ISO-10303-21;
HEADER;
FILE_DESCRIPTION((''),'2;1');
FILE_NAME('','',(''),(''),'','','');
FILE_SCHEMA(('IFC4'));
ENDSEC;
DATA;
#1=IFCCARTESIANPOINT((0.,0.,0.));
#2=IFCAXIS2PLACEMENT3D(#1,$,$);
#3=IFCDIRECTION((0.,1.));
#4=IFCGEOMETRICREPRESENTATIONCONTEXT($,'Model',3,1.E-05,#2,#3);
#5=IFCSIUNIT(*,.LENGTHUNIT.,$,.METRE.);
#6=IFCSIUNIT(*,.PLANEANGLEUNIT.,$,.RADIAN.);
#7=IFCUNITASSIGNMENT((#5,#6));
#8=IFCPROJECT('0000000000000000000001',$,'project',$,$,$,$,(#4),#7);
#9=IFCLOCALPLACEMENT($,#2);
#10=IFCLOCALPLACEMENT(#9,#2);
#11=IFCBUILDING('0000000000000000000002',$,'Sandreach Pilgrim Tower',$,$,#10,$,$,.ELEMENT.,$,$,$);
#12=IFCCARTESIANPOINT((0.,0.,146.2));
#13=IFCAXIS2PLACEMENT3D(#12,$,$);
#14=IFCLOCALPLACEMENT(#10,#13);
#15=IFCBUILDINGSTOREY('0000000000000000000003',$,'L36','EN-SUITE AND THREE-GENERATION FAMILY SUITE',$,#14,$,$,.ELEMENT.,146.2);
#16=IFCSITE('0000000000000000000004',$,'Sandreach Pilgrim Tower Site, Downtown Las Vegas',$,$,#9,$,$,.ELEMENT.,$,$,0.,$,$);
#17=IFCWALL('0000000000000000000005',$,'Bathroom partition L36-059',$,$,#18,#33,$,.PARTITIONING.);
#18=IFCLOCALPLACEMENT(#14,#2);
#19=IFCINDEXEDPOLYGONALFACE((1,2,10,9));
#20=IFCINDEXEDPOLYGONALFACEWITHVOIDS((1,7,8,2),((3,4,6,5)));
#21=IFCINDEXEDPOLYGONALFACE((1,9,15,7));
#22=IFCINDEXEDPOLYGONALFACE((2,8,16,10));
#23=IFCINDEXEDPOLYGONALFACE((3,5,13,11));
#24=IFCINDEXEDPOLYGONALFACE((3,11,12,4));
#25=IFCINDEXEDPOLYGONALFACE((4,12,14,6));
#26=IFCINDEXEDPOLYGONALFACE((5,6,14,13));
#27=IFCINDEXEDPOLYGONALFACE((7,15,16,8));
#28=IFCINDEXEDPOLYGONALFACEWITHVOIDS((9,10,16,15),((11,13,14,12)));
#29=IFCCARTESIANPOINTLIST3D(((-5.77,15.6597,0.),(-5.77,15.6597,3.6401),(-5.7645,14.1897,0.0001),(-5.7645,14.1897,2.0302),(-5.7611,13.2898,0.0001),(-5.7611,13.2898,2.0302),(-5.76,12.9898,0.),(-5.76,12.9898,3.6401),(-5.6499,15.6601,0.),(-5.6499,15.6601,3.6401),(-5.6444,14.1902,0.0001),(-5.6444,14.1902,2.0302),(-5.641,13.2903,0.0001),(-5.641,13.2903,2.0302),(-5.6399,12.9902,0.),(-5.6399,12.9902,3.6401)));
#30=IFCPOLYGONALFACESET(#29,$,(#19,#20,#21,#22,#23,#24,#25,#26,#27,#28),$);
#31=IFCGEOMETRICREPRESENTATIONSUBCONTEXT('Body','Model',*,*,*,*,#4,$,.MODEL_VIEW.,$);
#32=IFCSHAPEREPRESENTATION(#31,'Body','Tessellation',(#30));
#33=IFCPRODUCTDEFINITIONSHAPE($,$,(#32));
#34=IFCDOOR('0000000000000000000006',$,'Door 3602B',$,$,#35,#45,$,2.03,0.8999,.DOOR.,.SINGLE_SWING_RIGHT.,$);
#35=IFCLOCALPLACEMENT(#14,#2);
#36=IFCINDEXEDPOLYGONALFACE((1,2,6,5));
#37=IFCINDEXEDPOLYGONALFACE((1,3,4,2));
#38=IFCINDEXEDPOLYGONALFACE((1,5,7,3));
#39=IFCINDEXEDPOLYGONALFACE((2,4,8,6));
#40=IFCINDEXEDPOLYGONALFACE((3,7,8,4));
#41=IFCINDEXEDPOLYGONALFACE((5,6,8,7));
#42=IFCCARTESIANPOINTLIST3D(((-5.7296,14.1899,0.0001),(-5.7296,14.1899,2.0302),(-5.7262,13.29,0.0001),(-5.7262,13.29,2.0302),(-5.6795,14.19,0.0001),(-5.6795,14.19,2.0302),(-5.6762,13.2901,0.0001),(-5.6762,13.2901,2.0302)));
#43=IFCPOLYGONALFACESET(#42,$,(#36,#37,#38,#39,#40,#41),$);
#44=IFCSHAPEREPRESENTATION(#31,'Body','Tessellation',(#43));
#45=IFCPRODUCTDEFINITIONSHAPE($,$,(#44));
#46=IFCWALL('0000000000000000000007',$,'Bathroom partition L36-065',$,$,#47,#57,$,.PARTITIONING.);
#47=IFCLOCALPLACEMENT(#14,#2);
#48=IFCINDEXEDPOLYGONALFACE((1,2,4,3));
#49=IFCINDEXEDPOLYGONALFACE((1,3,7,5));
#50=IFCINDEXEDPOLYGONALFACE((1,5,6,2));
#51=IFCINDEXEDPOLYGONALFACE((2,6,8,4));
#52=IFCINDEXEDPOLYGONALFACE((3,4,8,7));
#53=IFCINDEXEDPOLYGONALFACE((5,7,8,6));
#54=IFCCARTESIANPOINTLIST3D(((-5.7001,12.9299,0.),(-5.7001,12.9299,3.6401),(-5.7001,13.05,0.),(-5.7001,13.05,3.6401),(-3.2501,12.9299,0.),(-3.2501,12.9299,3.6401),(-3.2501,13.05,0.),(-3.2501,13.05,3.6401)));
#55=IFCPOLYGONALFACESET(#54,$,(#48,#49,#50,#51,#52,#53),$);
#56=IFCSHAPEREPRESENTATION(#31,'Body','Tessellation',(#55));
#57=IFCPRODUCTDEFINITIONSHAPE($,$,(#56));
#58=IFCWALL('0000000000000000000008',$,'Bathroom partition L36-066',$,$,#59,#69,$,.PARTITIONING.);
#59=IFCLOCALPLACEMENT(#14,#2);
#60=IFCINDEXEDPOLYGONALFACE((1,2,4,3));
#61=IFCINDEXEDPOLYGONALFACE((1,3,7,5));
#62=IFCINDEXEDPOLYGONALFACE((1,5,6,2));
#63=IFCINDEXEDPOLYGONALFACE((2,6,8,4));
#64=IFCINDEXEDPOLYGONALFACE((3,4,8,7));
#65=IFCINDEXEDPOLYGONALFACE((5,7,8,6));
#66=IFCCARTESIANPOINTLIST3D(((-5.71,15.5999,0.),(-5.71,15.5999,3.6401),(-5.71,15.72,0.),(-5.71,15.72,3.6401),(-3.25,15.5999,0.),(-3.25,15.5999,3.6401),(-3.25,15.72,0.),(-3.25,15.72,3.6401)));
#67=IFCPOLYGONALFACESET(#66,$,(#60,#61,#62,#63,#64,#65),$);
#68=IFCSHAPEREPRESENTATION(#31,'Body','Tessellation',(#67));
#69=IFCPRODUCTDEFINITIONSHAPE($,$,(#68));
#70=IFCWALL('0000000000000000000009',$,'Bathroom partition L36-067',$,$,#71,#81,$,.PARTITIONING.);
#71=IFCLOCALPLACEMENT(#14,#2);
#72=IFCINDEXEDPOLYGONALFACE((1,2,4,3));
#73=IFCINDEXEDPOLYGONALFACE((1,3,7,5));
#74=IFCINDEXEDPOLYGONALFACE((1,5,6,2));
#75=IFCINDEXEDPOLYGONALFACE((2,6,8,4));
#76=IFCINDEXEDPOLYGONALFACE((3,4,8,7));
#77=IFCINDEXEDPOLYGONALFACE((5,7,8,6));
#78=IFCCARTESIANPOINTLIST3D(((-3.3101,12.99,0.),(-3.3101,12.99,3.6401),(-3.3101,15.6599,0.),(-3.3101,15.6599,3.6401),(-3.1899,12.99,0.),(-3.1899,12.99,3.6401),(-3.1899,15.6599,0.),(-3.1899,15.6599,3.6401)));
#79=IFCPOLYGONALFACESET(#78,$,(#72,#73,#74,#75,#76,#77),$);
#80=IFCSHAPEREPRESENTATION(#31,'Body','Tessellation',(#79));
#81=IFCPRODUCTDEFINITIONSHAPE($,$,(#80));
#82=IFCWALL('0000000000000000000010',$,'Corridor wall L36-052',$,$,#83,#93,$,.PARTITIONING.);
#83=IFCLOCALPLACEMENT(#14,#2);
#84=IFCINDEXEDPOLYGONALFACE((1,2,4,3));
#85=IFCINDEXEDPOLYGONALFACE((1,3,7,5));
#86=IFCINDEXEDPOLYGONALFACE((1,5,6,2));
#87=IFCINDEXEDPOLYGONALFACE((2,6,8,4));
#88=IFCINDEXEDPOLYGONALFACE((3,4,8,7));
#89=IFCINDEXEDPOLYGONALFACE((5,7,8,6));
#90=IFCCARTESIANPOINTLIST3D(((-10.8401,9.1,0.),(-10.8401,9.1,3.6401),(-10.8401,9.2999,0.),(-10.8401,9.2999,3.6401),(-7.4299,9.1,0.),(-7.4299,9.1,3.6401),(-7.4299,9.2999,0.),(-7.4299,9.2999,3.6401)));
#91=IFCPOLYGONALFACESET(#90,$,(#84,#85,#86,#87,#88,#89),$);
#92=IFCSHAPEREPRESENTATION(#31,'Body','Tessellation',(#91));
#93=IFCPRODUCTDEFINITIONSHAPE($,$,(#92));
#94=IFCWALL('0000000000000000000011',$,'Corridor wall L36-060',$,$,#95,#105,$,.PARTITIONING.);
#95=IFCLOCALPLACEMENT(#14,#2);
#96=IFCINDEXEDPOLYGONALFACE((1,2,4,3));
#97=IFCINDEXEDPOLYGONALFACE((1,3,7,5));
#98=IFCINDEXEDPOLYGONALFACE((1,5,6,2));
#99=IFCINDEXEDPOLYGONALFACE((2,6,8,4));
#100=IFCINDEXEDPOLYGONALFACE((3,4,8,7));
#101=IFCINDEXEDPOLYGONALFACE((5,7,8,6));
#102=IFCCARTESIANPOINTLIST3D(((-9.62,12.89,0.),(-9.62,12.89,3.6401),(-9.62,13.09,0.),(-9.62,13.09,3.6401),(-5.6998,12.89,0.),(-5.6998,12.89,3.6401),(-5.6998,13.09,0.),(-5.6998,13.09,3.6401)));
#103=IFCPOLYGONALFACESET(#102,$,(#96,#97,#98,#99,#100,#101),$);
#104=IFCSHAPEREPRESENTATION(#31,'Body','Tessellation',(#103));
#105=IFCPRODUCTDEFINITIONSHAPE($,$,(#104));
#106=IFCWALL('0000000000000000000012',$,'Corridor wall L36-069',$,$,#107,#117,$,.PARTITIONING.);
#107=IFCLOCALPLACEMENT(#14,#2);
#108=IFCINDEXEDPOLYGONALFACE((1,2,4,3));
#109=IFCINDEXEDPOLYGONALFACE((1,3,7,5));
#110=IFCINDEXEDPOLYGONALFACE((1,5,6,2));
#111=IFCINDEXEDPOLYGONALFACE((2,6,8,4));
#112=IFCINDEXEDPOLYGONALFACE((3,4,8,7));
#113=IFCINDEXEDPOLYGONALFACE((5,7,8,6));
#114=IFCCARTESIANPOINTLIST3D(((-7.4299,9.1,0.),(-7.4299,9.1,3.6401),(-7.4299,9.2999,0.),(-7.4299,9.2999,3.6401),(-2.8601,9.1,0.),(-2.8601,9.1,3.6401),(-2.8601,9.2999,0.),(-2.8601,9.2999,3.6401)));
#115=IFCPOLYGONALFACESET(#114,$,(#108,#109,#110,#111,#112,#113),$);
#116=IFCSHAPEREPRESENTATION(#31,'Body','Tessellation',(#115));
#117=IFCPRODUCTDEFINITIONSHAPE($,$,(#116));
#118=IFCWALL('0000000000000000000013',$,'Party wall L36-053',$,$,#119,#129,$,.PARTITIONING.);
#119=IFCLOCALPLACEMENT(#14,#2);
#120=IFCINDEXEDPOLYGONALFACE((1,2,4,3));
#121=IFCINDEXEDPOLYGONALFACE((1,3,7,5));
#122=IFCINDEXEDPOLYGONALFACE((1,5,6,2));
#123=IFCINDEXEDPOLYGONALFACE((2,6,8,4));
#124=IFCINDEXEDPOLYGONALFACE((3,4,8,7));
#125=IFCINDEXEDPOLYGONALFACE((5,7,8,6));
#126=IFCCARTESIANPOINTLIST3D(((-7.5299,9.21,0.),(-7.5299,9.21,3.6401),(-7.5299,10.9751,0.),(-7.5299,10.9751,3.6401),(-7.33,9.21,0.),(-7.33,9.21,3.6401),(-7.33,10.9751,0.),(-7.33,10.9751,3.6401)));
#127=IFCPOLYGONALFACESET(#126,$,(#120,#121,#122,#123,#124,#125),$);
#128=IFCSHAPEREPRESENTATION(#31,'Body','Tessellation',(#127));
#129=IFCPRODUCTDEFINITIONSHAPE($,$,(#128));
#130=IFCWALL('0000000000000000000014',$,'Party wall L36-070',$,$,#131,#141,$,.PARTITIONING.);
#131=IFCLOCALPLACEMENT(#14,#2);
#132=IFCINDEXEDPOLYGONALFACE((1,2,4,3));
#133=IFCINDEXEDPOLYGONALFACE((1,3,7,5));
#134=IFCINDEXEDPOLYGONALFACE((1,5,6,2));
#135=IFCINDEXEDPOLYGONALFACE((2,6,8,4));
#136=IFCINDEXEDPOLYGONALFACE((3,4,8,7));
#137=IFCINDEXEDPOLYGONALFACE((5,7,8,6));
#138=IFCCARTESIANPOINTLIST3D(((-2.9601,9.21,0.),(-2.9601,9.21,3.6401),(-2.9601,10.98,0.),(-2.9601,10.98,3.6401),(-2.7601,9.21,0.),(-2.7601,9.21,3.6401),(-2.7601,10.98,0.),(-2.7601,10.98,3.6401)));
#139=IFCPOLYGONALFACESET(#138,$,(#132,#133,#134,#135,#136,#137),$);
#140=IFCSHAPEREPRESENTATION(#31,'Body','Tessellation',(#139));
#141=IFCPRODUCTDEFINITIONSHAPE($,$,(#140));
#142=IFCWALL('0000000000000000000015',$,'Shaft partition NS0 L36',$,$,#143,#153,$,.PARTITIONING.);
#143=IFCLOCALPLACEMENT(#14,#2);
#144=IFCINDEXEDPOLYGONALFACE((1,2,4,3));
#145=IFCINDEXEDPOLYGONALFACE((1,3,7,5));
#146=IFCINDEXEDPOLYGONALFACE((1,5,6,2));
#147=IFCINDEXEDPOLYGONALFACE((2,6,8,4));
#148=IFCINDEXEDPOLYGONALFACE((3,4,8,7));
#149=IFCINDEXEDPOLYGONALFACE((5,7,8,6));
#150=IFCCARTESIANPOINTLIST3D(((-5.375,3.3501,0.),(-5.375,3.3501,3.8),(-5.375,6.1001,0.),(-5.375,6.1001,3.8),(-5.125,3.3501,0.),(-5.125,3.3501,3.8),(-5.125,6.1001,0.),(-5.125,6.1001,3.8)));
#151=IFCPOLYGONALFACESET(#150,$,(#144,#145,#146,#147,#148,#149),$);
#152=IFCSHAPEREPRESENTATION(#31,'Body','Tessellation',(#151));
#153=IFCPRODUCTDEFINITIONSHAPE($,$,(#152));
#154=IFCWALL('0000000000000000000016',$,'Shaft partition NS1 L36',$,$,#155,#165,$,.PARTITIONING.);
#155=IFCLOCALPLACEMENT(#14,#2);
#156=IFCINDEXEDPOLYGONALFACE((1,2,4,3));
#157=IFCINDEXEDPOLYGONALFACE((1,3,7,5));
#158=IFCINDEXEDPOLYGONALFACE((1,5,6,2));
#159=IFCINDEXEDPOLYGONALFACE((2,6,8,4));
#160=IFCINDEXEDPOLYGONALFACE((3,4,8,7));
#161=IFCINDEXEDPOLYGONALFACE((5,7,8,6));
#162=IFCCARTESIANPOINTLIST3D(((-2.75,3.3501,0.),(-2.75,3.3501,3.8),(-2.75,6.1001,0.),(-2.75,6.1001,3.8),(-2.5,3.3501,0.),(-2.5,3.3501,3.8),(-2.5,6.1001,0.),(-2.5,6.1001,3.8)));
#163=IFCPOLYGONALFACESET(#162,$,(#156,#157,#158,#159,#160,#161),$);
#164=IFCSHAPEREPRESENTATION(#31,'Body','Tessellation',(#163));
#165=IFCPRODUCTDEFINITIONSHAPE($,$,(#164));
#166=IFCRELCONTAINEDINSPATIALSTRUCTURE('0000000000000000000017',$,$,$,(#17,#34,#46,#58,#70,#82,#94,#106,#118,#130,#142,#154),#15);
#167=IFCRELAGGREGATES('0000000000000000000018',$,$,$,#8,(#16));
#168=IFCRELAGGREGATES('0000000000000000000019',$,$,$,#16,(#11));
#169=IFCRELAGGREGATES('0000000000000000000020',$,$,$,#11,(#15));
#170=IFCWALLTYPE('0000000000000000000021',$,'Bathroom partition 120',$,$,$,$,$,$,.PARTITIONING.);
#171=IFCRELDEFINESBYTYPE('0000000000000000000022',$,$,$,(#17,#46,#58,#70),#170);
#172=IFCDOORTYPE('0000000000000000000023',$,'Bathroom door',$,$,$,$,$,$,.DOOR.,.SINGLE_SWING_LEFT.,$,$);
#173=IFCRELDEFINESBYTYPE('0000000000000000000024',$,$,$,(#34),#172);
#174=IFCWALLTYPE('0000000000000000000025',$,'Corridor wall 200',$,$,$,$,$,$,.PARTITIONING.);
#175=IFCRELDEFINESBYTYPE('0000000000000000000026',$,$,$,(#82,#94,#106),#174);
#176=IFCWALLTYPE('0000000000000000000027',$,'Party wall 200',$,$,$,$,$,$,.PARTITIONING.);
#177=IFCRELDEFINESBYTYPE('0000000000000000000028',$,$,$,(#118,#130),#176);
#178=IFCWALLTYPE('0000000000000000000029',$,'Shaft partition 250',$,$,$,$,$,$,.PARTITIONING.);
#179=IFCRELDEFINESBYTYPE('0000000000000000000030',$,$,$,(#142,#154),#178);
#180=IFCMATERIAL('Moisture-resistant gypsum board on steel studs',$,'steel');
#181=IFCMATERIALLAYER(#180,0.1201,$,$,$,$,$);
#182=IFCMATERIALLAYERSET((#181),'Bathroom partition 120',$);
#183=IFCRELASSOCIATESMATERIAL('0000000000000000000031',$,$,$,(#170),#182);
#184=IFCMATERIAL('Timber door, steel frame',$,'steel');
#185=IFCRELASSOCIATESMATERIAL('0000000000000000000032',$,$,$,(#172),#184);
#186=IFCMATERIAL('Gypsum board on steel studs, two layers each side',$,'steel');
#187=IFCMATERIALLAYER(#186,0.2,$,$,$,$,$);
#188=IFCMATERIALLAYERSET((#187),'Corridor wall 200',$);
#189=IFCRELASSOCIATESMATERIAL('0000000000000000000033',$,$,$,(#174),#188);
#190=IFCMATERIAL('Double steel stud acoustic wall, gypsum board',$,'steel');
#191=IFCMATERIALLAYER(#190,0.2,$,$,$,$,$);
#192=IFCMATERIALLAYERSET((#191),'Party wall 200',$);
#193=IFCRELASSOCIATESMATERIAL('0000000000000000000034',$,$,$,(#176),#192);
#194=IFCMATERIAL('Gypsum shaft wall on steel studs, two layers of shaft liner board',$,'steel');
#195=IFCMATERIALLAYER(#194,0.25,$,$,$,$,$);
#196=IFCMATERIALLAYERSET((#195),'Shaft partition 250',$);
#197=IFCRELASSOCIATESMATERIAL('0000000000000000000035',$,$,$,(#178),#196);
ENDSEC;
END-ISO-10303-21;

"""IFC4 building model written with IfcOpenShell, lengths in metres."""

from ifc_helpers import new_model, si_unit, direction, frame, frame_2d, origin, place, context, subcontext, project, spatial, rectangle, extrude, material, layer, layer_set, type_object, element, fill, save


model = new_model("IFC4")

# Units and contexts
model_context = context("Model", 3, precision=1e-05, world=origin(), true_north=direction((0.0, 1.0)))
body_context = subcontext(model_context, "Body", "Model", "MODEL_VIEW")
ifc_project = project(units=[si_unit("LENGTHUNIT", "METRE"), si_unit("PLANEANGLEUNIT", "RADIAN")], contexts=[model_context])

# Site, building, storey
site_placement = place(None, origin())
site = spatial("IfcSite", under=ifc_project, at=site_placement, Name="Sandreach Pilgrim Tower Site, Downtown Las Vegas", CompositionType="ELEMENT", RefElevation=0.0)
building_placement = place(site_placement, origin())
building = spatial("IfcBuilding", under=site, at=building_placement, Name="Sandreach Pilgrim Tower", CompositionType="ELEMENT")
storey_placement = place(building_placement, frame((0.0, 0.0, 146.2)))
storey = spatial("IfcBuildingStorey", under=building, at=storey_placement, Name="L36", Description="EN-SUITE AND THREE-GENERATION FAMILY SUITE", CompositionType="ELEMENT", Elevation=146.2)

# Wall, opening, door
ifc_material_1 = material(Name="Moisture-resistant gypsum board on steel studs", Category="steel")
ifc_layer_1 = layer(ifc_material_1, 0.1201)
ifc_layer_set_1 = layer_set([ifc_layer_1], Name="Bathroom partition 120")
wall_type_1 = type_object("IfcWallType", Name="Bathroom partition 120", PredefinedType="PARTITIONING", material=ifc_layer_set_1)
wall_1_placement = place(storey_placement, frame((-5.71, 15.6599, 0.0), z_axis=(0.0, 0.0, 1.0), x_axis=(0.003749, -0.999993, 0.0)))
wall_1 = element("IfcWall", 1, at=wall_1_placement, inside=storey, type_object=wall_type_1, Name="Bathroom partition L36-059", PredefinedType="PARTITIONING", context=body_context, shape_type="SweptSolid", body=[
    extrude(rectangle(XDim=2.6699, YDim=0.1201, at=frame_2d((1.335, 0.0))), origin(), (0.0, 0.0, 1.0), 3.6401),
])
opening_1_placement = place(wall_1_placement, frame((1.47, 0.0, 0.0)))
opening_1 = element("IfcOpeningElement", 2, at=opening_1_placement, cuts=wall_1, PredefinedType="OPENING", context=body_context, shape_type="SweptSolid", body=[
    extrude(rectangle(XDim=0.8999, YDim=2.03, at=frame_2d((0.45, 1.0151))), frame((0.0, 0.0601, 0.0), z_axis=(0.0, -1.0, 0.0), x_axis=(1.0, 0.0, 0.0)), (0.0, 0.0, 1.0), 0.1201),
])
ifc_material_2 = material(Name="Timber door, steel frame", Category="steel")
door_type_1 = type_object("IfcDoorType", Name="Bathroom door", OperationType="SINGLE_SWING_LEFT", PredefinedType="DOOR", material=ifc_material_2)
door_1_placement = place(opening_1_placement, origin())
door_1 = element("IfcDoor", 3, at=door_1_placement, inside=storey, type_object=door_type_1, Name="Door 3602B", OperationType="SINGLE_SWING_RIGHT", OverallHeight=2.03, OverallWidth=0.8999, PredefinedType="DOOR", context=body_context, shape_type="SweptSolid", body=[
    extrude(rectangle(XDim=0.8999, YDim=2.03, at=frame_2d((0.45, 1.0151))), frame((0.0, 0.0249, 0.0), z_axis=(0.0, -1.0, 0.0), x_axis=(1.0, 0.0, 0.0)), (0.0, 0.0, 1.0), 0.05),
])
fill(opening_1, door_1)

# Walls
wall_2_placement = place(storey_placement, frame((-3.25, 12.99, 0.0), z_axis=(0.0, 0.0, 1.0), x_axis=(-1.0, 0.0, 0.0)))
element("IfcWall", 4, at=wall_2_placement, inside=storey, type_object=wall_type_1, Name="Bathroom partition L36-065", PredefinedType="PARTITIONING", context=body_context, shape_type="SweptSolid", body=[
    extrude(rectangle(XDim=2.45, YDim=0.1201, at=frame_2d((1.2251, 0.0))), origin(), (0.0, 0.0, 1.0), 3.6401),
])
wall_3_placement = place(storey_placement, frame((-3.25, 15.6599, 0.0), z_axis=(0.0, 0.0, 1.0), x_axis=(-1.0, 0.0, 0.0)))
element("IfcWall", 5, at=wall_3_placement, inside=storey, type_object=wall_type_1, Name="Bathroom partition L36-066", PredefinedType="PARTITIONING", context=body_context, shape_type="SweptSolid", body=[
    extrude(rectangle(XDim=2.46, YDim=0.1201, at=frame_2d((1.23, 0.0))), origin(), (0.0, 0.0, 1.0), 3.6401),
])
wall_4_placement = place(storey_placement, frame((-3.25, 15.6599, 0.0), z_axis=(0.0, 0.0, 1.0), x_axis=(0.0, -1.0, 0.0)))
element("IfcWall", 6, at=wall_4_placement, inside=storey, type_object=wall_type_1, Name="Bathroom partition L36-067", PredefinedType="PARTITIONING", context=body_context, shape_type="SweptSolid", body=[
    extrude(rectangle(XDim=2.6699, YDim=0.1201, at=frame_2d((1.335, 0.0))), origin(), (0.0, 0.0, 1.0), 3.6401),
])

# Wall
ifc_material_3 = material(Name="Gypsum board on steel studs, two layers each side", Category="steel")
ifc_layer_2 = layer(ifc_material_3, 0.2)
ifc_layer_set_2 = layer_set([ifc_layer_2], Name="Corridor wall 200")
wall_type_2 = type_object("IfcWallType", Name="Corridor wall 200", PredefinedType="PARTITIONING", material=ifc_layer_set_2)
wall_5_placement = place(storey_placement, frame((-7.4299, 9.2, 0.0), z_axis=(0.0, 0.0, 1.0), x_axis=(-1.0, 0.0, 0.0)))
element("IfcWall", 7, at=wall_5_placement, inside=storey, type_object=wall_type_2, Name="Corridor wall L36-052", PredefinedType="PARTITIONING", context=body_context, shape_type="SweptSolid", body=[
    extrude(rectangle(XDim=3.4102, YDim=0.2, at=frame_2d((1.7051, 0.0))), origin(), (0.0, 0.0, 1.0), 3.6401),
])

# Walls
wall_6_placement = place(storey_placement, frame((-5.7, 12.99, 0.0), z_axis=(0.0, 0.0, 1.0), x_axis=(-1.0, 0.0, 0.0)))
element("IfcWall", 8, at=wall_6_placement, inside=storey, type_object=wall_type_2, Name="Corridor wall L36-060", PredefinedType="PARTITIONING", context=body_context, shape_type="SweptSolid", body=[
    extrude(rectangle(XDim=3.9202, YDim=0.2, at=frame_2d((1.96, 0.0))), origin(), (0.0, 0.0, 1.0), 3.6401),
])
wall_7_placement = place(storey_placement, frame((-2.8601, 9.2, 0.0), z_axis=(0.0, 0.0, 1.0), x_axis=(-1.0, 0.0, 0.0)))
element("IfcWall", 9, at=wall_7_placement, inside=storey, type_object=wall_type_2, Name="Corridor wall L36-069", PredefinedType="PARTITIONING", context=body_context, shape_type="SweptSolid", body=[
    extrude(rectangle(XDim=4.5698, YDim=0.2, at=frame_2d((2.2849, 0.0))), origin(), (0.0, 0.0, 1.0), 3.6401),
])

# Walls
ifc_material_4 = material(Name="Double steel stud acoustic wall, gypsum board", Category="steel")
ifc_layer_3 = layer(ifc_material_4, 0.2)
ifc_layer_set_3 = layer_set([ifc_layer_3], Name="Party wall 200")
wall_type_3 = type_object("IfcWallType", Name="Party wall 200", PredefinedType="PARTITIONING", material=ifc_layer_set_3)
wall_8_placement = place(storey_placement, frame((-7.4299, 10.9751, 0.0), z_axis=(0.0, 0.0, 1.0), x_axis=(0.0, -1.0, 0.0)))
element("IfcWall", 10, at=wall_8_placement, inside=storey, type_object=wall_type_3, Name="Party wall L36-053", PredefinedType="PARTITIONING", context=body_context, shape_type="SweptSolid", body=[
    extrude(rectangle(XDim=1.7651, YDim=0.2, at=frame_2d((0.8826, 0.0))), origin(), (0.0, 0.0, 1.0), 3.6401),
])
wall_9_placement = place(storey_placement, frame((-2.8601, 10.98, 0.0), z_axis=(0.0, 0.0, 1.0), x_axis=(0.0, -1.0, 0.0)))
element("IfcWall", 11, at=wall_9_placement, inside=storey, type_object=wall_type_3, Name="Party wall L36-070", PredefinedType="PARTITIONING", context=body_context, shape_type="SweptSolid", body=[
    extrude(rectangle(XDim=1.77, YDim=0.2, at=frame_2d((0.885, 0.0))), origin(), (0.0, 0.0, 1.0), 3.6401),
])
ifc_material_5 = material(Name="Gypsum shaft wall on steel studs, two layers of shaft liner board", Category="steel")
ifc_layer_4 = layer(ifc_material_5, 0.25)
ifc_layer_set_4 = layer_set([ifc_layer_4], Name="Shaft partition 250")
wall_type_4 = type_object("IfcWallType", Name="Shaft partition 250", PredefinedType="PARTITIONING", material=ifc_layer_set_4)
for number, where, z_axis, x_axis, name in (
    (12, (-5.25, 3.3501, 0.0), (0.0, 0.0, 1.0), (0.0, 1.0, 0.0), "Shaft partition NS0 L36"),
    (13, (-2.625, 3.3501, 0.0), (0.0, 0.0, 1.0), (0.0, 1.0, 0.0), "Shaft partition NS1 L36"),
):
    element("IfcWall", number, at=place(storey_placement, frame(where, z_axis=z_axis, x_axis=x_axis)), inside=storey, type_object=wall_type_4, Name=name, PredefinedType="PARTITIONING", context=body_context, shape_type="SweptSolid", body=[
        extrude(rectangle(XDim=2.75, YDim=0.25, at=frame_2d((1.375, 0.0))), origin(), (0.0, 0.0, 1.0), 3.8),
    ])

save(model, "model.ifc")
